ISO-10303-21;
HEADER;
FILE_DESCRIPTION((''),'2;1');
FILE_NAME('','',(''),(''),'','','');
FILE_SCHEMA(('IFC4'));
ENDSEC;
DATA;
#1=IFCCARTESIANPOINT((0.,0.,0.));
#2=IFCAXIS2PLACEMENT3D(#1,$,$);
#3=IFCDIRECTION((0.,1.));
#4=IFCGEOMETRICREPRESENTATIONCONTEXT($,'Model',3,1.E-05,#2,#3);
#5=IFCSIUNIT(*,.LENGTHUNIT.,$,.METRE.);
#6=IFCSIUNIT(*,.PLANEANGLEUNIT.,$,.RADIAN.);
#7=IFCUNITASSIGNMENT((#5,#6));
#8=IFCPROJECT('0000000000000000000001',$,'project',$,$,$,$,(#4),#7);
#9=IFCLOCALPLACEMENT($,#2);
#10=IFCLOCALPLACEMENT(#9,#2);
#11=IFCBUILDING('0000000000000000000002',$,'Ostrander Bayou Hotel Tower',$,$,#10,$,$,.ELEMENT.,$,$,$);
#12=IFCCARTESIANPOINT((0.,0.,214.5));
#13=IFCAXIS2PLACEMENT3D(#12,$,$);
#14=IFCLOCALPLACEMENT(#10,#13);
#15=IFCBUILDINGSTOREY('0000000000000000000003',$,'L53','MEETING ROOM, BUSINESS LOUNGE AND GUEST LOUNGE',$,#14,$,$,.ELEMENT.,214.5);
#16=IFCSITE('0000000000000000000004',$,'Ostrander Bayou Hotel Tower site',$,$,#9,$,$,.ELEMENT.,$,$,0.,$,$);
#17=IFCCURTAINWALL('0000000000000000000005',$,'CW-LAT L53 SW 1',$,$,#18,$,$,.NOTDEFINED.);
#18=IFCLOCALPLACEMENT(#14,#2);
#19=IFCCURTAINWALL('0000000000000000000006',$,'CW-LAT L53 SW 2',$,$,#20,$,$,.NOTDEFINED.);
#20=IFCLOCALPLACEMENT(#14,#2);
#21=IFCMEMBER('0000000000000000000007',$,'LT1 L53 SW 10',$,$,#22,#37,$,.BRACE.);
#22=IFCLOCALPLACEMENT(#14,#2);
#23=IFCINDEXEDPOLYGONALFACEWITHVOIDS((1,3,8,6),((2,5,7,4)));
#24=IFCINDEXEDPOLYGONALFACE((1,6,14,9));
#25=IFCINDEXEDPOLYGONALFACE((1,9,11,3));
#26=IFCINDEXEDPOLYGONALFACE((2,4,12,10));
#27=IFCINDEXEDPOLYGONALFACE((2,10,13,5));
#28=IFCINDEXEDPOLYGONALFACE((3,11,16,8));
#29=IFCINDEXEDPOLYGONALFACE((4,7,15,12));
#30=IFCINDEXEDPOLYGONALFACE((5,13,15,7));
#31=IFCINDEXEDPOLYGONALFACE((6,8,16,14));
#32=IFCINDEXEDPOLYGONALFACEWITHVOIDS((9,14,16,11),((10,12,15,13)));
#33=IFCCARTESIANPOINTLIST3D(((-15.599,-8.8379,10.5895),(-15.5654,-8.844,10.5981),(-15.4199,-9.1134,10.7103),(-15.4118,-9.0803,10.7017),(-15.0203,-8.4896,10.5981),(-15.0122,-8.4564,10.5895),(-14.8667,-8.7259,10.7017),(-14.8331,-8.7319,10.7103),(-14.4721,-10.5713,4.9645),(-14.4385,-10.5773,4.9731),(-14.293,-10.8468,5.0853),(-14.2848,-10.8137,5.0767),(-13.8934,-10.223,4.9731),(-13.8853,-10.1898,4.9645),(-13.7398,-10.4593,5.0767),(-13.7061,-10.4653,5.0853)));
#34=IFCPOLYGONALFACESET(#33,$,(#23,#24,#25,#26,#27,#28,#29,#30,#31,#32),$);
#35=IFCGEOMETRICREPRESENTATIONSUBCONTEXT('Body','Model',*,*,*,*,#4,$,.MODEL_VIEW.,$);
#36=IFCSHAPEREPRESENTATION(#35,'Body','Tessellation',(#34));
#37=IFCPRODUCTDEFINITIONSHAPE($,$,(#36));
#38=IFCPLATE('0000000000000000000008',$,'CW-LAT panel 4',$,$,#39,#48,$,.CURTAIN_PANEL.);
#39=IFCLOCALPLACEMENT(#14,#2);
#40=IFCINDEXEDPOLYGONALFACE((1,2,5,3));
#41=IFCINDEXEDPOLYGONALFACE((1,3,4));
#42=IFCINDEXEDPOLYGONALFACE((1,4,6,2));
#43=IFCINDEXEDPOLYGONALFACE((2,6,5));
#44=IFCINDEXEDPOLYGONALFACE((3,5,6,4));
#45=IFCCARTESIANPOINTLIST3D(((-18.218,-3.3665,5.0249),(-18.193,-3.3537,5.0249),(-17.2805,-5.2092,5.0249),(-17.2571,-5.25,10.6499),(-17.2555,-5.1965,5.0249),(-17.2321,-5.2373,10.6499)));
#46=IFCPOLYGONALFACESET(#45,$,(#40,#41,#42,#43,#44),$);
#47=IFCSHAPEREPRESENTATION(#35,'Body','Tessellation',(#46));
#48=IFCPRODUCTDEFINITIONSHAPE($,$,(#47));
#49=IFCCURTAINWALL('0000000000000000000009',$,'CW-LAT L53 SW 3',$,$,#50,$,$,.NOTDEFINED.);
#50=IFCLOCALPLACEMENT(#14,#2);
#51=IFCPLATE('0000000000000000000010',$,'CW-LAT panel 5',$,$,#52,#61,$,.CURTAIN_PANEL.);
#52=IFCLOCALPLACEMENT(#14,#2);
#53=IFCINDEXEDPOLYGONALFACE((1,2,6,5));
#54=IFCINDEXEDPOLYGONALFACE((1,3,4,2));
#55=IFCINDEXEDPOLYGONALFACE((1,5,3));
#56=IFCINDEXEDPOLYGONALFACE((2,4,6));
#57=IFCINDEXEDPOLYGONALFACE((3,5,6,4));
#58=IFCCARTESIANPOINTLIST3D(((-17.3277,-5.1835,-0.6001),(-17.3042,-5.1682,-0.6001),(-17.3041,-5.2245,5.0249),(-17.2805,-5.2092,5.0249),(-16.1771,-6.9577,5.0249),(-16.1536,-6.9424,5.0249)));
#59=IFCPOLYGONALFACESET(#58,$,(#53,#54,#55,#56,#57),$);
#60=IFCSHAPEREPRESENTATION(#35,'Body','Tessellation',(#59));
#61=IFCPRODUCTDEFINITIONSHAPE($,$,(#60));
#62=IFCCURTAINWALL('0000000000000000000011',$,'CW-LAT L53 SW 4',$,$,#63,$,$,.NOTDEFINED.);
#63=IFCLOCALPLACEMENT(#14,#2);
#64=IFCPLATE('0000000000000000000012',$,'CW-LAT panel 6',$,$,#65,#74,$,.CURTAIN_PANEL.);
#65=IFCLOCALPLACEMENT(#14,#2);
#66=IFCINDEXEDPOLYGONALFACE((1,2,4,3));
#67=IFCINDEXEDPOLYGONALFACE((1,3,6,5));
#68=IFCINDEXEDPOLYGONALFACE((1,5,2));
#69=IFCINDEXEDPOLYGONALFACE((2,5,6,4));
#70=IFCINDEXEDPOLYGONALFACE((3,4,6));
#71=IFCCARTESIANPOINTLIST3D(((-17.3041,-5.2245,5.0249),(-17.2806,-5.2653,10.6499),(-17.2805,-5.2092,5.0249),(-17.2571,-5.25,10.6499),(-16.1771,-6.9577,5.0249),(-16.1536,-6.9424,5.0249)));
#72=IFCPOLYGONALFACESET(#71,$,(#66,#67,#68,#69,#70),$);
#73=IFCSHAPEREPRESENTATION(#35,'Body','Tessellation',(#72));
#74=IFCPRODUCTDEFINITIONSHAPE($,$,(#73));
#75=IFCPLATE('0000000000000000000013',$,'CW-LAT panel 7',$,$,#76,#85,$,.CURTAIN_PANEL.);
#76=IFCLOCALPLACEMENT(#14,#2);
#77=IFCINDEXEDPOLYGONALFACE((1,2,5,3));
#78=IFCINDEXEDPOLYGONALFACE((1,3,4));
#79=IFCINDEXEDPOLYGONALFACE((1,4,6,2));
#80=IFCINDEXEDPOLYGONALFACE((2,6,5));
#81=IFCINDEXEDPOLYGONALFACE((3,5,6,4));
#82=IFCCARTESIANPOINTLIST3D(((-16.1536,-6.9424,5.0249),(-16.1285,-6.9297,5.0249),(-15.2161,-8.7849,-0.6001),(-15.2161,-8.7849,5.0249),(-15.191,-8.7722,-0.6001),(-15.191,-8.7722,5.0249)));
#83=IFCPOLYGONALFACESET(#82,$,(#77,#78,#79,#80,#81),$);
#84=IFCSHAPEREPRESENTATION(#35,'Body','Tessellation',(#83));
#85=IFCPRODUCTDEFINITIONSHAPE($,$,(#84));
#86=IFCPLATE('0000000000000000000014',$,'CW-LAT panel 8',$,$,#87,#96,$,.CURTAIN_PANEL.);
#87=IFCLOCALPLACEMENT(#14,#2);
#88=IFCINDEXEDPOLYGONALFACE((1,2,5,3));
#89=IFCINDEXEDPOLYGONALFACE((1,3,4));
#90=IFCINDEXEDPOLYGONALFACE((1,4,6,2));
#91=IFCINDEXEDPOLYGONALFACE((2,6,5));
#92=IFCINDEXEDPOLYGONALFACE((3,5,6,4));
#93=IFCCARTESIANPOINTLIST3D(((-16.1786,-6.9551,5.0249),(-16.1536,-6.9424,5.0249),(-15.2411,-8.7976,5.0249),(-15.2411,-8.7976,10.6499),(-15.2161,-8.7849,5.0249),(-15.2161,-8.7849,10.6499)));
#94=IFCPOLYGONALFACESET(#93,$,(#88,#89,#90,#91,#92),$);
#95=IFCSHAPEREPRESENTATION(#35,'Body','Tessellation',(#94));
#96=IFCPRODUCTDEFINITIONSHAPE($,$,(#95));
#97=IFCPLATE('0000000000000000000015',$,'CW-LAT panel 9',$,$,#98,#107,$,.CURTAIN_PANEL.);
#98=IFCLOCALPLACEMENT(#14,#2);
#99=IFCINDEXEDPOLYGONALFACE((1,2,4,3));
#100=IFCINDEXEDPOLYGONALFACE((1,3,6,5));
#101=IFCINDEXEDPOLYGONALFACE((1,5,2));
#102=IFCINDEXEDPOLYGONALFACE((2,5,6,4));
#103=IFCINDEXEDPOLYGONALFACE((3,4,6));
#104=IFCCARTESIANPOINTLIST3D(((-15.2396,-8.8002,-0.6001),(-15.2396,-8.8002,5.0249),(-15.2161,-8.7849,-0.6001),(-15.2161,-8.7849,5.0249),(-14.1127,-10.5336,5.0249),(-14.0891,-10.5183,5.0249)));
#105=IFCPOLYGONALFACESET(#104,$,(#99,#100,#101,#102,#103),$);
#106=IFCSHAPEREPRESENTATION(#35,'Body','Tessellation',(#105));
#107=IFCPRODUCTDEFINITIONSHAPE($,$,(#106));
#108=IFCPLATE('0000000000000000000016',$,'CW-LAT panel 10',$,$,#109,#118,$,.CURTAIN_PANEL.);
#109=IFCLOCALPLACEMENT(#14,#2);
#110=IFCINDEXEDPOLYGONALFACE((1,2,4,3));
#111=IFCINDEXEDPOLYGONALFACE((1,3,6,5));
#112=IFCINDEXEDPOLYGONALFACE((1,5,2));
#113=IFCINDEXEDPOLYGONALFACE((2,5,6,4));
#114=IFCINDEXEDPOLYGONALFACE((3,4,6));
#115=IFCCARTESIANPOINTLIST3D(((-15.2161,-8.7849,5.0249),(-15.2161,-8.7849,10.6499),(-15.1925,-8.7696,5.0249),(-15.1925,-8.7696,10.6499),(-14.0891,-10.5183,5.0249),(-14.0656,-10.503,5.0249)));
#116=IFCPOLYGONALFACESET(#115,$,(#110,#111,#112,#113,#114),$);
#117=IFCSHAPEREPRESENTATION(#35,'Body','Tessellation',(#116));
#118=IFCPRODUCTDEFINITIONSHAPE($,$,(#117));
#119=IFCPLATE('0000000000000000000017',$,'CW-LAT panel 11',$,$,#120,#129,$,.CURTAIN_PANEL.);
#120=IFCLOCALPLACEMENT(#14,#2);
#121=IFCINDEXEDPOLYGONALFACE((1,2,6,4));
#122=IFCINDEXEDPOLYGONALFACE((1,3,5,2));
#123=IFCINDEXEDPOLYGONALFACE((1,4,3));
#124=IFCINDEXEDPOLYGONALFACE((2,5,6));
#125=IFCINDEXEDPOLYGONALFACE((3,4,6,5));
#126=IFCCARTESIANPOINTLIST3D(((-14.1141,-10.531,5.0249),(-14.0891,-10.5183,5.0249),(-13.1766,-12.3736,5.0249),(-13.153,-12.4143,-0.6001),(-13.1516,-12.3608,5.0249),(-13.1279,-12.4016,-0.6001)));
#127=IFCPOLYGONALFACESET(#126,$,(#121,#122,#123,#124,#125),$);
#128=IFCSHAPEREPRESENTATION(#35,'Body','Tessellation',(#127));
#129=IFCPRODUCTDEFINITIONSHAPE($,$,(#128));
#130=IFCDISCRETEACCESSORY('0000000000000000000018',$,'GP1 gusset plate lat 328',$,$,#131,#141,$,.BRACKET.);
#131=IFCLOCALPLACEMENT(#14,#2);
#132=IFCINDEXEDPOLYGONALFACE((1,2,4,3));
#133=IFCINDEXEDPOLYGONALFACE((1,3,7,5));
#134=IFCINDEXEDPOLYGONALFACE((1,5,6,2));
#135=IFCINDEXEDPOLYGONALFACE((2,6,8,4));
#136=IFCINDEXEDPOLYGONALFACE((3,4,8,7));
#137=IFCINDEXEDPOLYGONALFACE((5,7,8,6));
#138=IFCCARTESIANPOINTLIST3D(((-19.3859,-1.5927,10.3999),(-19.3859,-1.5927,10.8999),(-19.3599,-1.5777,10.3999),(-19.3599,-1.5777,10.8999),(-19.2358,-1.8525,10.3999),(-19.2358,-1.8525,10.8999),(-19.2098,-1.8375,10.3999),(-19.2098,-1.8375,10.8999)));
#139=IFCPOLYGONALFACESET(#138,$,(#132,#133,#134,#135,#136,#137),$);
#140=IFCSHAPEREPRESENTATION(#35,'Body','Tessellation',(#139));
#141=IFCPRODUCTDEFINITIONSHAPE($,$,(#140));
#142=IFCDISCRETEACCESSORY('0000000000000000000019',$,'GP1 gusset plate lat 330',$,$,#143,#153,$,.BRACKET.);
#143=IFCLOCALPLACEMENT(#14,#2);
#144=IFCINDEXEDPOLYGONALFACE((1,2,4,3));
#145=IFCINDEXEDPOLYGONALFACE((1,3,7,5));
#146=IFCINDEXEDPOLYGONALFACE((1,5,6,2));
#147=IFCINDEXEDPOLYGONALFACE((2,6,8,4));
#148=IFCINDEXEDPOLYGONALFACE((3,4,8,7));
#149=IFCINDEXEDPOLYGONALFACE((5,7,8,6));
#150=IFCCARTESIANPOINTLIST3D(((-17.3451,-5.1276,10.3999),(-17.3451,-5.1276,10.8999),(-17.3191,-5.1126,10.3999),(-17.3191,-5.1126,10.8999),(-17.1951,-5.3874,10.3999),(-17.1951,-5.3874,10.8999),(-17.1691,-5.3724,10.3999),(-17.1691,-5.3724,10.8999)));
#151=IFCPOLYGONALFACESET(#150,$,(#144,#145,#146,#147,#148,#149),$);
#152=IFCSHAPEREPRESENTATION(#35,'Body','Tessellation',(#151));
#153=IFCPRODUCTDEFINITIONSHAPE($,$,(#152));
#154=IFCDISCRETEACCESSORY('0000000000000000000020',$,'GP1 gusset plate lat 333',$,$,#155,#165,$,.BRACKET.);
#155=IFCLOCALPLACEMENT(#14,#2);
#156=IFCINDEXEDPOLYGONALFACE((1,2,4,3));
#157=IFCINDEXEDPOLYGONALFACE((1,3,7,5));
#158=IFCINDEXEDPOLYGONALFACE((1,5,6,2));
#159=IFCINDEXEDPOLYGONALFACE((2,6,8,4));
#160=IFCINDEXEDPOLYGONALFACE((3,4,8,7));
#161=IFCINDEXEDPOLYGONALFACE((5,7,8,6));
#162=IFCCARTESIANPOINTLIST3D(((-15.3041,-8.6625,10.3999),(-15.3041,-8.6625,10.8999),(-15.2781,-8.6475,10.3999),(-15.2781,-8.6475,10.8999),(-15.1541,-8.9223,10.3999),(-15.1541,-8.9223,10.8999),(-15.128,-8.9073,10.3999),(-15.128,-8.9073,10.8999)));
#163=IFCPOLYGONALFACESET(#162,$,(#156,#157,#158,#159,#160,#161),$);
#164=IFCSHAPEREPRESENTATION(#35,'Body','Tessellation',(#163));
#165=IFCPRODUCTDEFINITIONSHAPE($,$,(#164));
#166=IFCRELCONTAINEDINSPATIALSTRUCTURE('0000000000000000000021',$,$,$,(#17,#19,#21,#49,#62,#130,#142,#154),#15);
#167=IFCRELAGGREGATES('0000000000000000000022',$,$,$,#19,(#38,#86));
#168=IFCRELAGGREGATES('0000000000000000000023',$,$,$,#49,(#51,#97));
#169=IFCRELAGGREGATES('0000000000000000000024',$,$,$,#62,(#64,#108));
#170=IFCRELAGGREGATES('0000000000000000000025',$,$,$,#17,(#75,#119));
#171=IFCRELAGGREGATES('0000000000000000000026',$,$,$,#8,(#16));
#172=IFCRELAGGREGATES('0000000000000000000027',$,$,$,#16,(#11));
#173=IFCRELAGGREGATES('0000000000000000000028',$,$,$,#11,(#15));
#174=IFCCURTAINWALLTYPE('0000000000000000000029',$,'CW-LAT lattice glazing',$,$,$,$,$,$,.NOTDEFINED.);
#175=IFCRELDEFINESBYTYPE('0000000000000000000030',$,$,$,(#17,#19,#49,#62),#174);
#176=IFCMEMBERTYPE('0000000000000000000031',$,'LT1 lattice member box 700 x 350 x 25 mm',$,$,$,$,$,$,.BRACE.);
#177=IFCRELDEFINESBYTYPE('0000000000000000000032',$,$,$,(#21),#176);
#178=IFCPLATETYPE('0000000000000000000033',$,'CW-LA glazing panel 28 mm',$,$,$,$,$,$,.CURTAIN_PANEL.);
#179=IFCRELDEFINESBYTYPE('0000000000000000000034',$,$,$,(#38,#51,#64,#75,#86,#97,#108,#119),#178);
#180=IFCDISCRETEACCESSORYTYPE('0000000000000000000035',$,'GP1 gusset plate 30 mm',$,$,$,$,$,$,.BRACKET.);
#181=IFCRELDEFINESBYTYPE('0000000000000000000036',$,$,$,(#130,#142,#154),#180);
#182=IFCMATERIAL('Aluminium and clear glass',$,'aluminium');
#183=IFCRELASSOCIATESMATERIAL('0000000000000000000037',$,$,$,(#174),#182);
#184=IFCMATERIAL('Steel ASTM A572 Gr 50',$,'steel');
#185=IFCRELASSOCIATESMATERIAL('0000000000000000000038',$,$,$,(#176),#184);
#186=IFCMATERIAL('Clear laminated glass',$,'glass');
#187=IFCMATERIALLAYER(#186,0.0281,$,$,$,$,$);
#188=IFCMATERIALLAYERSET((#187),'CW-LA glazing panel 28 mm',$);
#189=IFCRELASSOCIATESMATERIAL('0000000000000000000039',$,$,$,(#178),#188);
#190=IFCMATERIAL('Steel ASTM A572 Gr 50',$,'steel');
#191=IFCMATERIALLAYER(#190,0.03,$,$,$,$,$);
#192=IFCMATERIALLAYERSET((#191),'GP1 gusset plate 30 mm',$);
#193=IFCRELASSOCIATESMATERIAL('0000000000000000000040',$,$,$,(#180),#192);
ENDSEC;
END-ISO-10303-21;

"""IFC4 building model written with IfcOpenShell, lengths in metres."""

from ifc_helpers import new_model, si_unit, direction, frame, origin, origin_2d, place, context, subcontext, project, spatial, polyline, rectangle, hollow_rectangle, outline, extrude, material, layer, layer_set, material_profile, profile_set, type_object, element, aggregate, save


model = new_model("IFC4")

# Units and contexts
model_context = context("Model", 3, precision=1e-05, world=origin(), true_north=direction((0.0, 1.0)))
body_context = subcontext(model_context, "Body", "Model", "MODEL_VIEW")
ifc_project = project(units=[si_unit("LENGTHUNIT", "METRE"), si_unit("PLANEANGLEUNIT", "RADIAN")], contexts=[model_context])

# Site, building, storey
site_placement = place(None, origin())
site = spatial("IfcSite", under=ifc_project, at=site_placement, Name="Ostrander Bayou Hotel Tower site", CompositionType="ELEMENT", RefElevation=0.0)
building_placement = place(site_placement, origin())
building = spatial("IfcBuilding", under=site, at=building_placement, Name="Ostrander Bayou Hotel Tower", CompositionType="ELEMENT")
storey_placement = place(building_placement, frame((0.0, 0.0, 214.5)))
storey = spatial("IfcBuildingStorey", under=building, at=storey_placement, Name="L53", Description="MEETING ROOM, BUSINESS LOUNGE AND GUEST LOUNGE", CompositionType="ELEMENT", Elevation=214.5)

# Curtain walls
ifc_material_1 = material(Name="Aluminium and clear glass", Category="aluminium")
curtain_wall_type = type_object("IfcCurtainWallType", Name="CW-LAT lattice glazing", PredefinedType="NOTDEFINED", material=ifc_material_1)
curtain_wall_1_placement = place(storey_placement, origin())
curtain_wall_1 = element("IfcCurtainWall", 1, at=curtain_wall_1_placement, inside=storey, type_object=curtain_wall_type, Name="CW-LAT L53 SW 1", PredefinedType="NOTDEFINED")
curtain_wall_2_placement = place(storey_placement, origin())
curtain_wall_2 = element("IfcCurtainWall", 2, at=curtain_wall_2_placement, inside=storey, type_object=curtain_wall_type, Name="CW-LAT L53 SW 2", PredefinedType="NOTDEFINED")

# Member
ifc_material_2 = material(Name="Steel ASTM A572 Gr 50", Category="steel")
ifc_material_profile_1 = material_profile(ifc_material_2, hollow_rectangle(XDim=0.7, YDim=0.3501, WallThickness=0.0249, at=origin_2d()))
ifc_profile_set_1 = profile_set([ifc_material_profile_1], Name="Steel ASTM A572 Gr 50")
member_type_1 = type_object("IfcMemberType", Name="LT1 lattice member box 700 x 350 x 25 mm", PredefinedType="BRACE", material=ifc_profile_set_1)
for number, where, z_axis, x_axis, name in (
    (3, (-14.0891, -10.5183, 5.0249), (-0.188047, 0.28924, 0.938605), (-0.83839, -0.545071, 0.0), "LT1 L53 SW 10"),
):
    element("IfcMember", number, at=place(storey_placement, frame(where, z_axis=z_axis, x_axis=x_axis)), inside=storey, type_object=member_type_1, Name=name, PredefinedType="BRACE", context=body_context, shape_type="SweptSolid", body=[
        extrude(hollow_rectangle(XDim=0.7, YDim=0.3501, WallThickness=0.0249, at=origin_2d()), origin(), (0.0, 0.0, 1.0), 5.9929),
    ])

# Plate
ifc_material_3 = material(Name="Clear laminated glass", Category="glass")
ifc_layer_1 = layer(ifc_material_3, 0.0281)
ifc_layer_set_1 = layer_set([ifc_layer_1], Name="CW-LA glazing panel 28 mm")
plate_type = type_object("IfcPlateType", Name="CW-LA glazing panel 28 mm", PredefinedType="CURTAIN_PANEL", material=ifc_layer_set_1)
plate_1_placement = place(storey_placement, frame((-18.218, -3.3665, 5.0249), z_axis=(-0.891288, -0.453437, 0.000427), x_axis=(0.159908, -0.313438, 0.936048)))
plate_1 = element("IfcPlate", 4, at=plate_1_placement, type_object=plate_type, Name="CW-LAT panel 4", PredefinedType="CURTAIN_PANEL", context=body_context, shape_type="SweptSolid", body=[
    extrude(outline(polyline([(0.0, 0.0), (6.0093, 0.0), (0.7275, -1.9353), (0.0, 0.0)])), origin(), (0.0, 0.0, -1.0), 0.0281),
])

# Curtain walls, plates
curtain_wall_3_placement = place(storey_placement, origin())
curtain_wall_3 = element("IfcCurtainWall", 5, at=curtain_wall_3_placement, inside=storey, type_object=curtain_wall_type, Name="CW-LAT L53 SW 3", PredefinedType="NOTDEFINED")
plate_2_placement = place(storey_placement, frame((-16.1536, -6.9424, 5.0249), z_axis=(0.838354, 0.545125, 0.000445), x_axis=(-0.191474, 0.295235, -0.936042)))
plate_2 = element("IfcPlate", 6, at=plate_2_placement, type_object=plate_type, Name="CW-LAT panel 5", PredefinedType="CURTAIN_PANEL", context=body_context, shape_type="SweptSolid", body=[
    extrude(outline(polyline([(0.0, 0.0), (6.0093, 0.0), (0.7275, 1.9351), (0.0, 0.0)])), origin(), (0.0, 0.0, -1.0), 0.0281),
])
curtain_wall_4_placement = place(storey_placement, origin())
curtain_wall_4 = element("IfcCurtainWall", 7, at=curtain_wall_4_placement, inside=storey, type_object=curtain_wall_type, Name="CW-LAT L53 SW 4", PredefinedType="NOTDEFINED")
plate_3_placement = place(storey_placement, frame((-16.1536, -6.9424, 5.0249), z_axis=(0.838354, 0.545125, 0.000458), x_axis=(-0.184632, 0.283157, 0.941134)))
plate_3 = element("IfcPlate", 8, at=plate_3_placement, type_object=plate_type, Name="CW-LAT panel 6", PredefinedType="CURTAIN_PANEL", context=body_context, shape_type="SweptSolid", body=[
    extrude(outline(polyline([(0.0, 0.0), (5.9768, 0.0), (0.6988, -1.9456), (0.0, 0.0)])), origin(), (0.0, 0.0, -1.0), 0.0281),
])

# Plates
plate_4_placement = place(storey_placement, frame((-16.1536, -6.9424, 5.0249), z_axis=(-0.891264, -0.453485, 0.0), x_axis=(0.156436, -0.307454, -0.938616)))
plate_4 = element("IfcPlate", 9, at=plate_4_placement, type_object=plate_type, Name="CW-LAT panel 7", PredefinedType="CURTAIN_PANEL", context=body_context, shape_type="SweptSolid", body=[
    extrude(outline(polyline([(0.0, 0.0), (5.9929, 0.0), (0.7132, 1.9404), (0.0, 0.0)])), origin(), (0.0, 0.0, -1.0), 0.0281),
])
plate_5_placement = place(storey_placement, frame((-16.1536, -6.9424, 5.0249), z_axis=(0.891264, 0.453485, 0.0), x_axis=(0.156436, -0.307454, 0.938616)))
plate_5 = element("IfcPlate", 10, at=plate_5_placement, type_object=plate_type, Name="CW-LAT panel 8", PredefinedType="CURTAIN_PANEL", context=body_context, shape_type="SweptSolid", body=[
    extrude(outline(polyline([(0.0, 0.0), (5.9929, 0.0), (0.7132, 1.9404), (0.0, 0.0)])), origin(), (0.0, 0.0, -1.0), 0.0281),
])
aggregate(curtain_wall_2, [plate_1, plate_5])
plate_6_placement = place(storey_placement, frame((-14.0891, -10.5183, 5.0249), z_axis=(0.83839, 0.545071, 0.0), x_axis=(-0.188047, 0.28924, -0.938605)))
plate_6 = element("IfcPlate", 11, at=plate_6_placement, type_object=plate_type, Name="CW-LAT panel 9", PredefinedType="CURTAIN_PANEL", context=body_context, shape_type="SweptSolid", body=[
    extrude(outline(polyline([(0.0, 0.0), (5.9929, 0.0), (0.7133, 1.9406), (0.0, 0.0)])), origin(), (0.0, 0.0, -1.0), 0.0281),
])
aggregate(curtain_wall_3, [plate_2, plate_6])
plate_7_placement = place(storey_placement, frame((-14.0891, -10.5183, 5.0249), z_axis=(-0.83839, -0.545071, 0.0), x_axis=(-0.188047, 0.28924, 0.938605)))
plate_7 = element("IfcPlate", 12, at=plate_7_placement, type_object=plate_type, Name="CW-LAT panel 10", PredefinedType="CURTAIN_PANEL", context=body_context, shape_type="SweptSolid", body=[
    extrude(outline(polyline([(0.0, 0.0), (5.9929, 0.0), (0.7133, 1.9406), (0.0, 0.0)])), origin(), (0.0, 0.0, -1.0), 0.0281),
])
aggregate(curtain_wall_4, [plate_3, plate_7])
plate_8_placement = place(storey_placement, frame((-14.0891, -10.5183, 5.0249), z_axis=(0.891264, 0.453485, 0.000465), x_axis=(0.15995, -0.313399, -0.936054)))
plate_8 = element("IfcPlate", 13, at=plate_8_placement, type_object=plate_type, Name="CW-LAT panel 11", PredefinedType="CURTAIN_PANEL", context=body_context, shape_type="SweptSolid", body=[
    extrude(outline(polyline([(0.0, 0.0), (6.0093, 0.0), (0.7274, -1.9351), (0.0, 0.0)])), origin(), (0.0, 0.0, -1.0), 0.0281),
])
aggregate(curtain_wall_1, [plate_4, plate_8])

# Discrete accessories
ifc_material_4 = material(Name="Steel ASTM A572 Gr 50", Category="steel")
ifc_layer_2 = layer(ifc_material_4, 0.03)
ifc_layer_set_2 = layer_set([ifc_layer_2], Name="GP1 gusset plate 30 mm")
discrete_accessory_type = type_object("IfcDiscreteAccessoryType", Name="GP1 gusset plate 30 mm", PredefinedType="BRACKET", material=ifc_layer_set_2)
for number, where, z_axis, x_axis, name in (
    (14, (-19.2979, -1.7151, 10.3999), (0.0, 0.0, 1.0), (0.5, -0.866025, 0.0), "GP1 gusset plate lat 328"),
    (15, (-17.2571, -5.25, 10.3999), (0.0, 0.0, 1.0), (0.5, -0.866025, 0.0), "GP1 gusset plate lat 330"),
    (16, (-15.2161, -8.7849, 10.3999), (0.0, 0.0, 1.0), (0.5, -0.866025, 0.0), "GP1 gusset plate lat 333"),
):
    element("IfcDiscreteAccessory", number, at=place(storey_placement, frame(where, z_axis=z_axis, x_axis=x_axis)), inside=storey, type_object=discrete_accessory_type, Name=name, PredefinedType="BRACKET", context=body_context, shape_type="SweptSolid", body=[
        extrude(rectangle(XDim=0.3, YDim=0.03, at=origin_2d()), origin(), (0.0, 0.0, 1.0), 0.5),
    ])

save(model, "model.ifc")
